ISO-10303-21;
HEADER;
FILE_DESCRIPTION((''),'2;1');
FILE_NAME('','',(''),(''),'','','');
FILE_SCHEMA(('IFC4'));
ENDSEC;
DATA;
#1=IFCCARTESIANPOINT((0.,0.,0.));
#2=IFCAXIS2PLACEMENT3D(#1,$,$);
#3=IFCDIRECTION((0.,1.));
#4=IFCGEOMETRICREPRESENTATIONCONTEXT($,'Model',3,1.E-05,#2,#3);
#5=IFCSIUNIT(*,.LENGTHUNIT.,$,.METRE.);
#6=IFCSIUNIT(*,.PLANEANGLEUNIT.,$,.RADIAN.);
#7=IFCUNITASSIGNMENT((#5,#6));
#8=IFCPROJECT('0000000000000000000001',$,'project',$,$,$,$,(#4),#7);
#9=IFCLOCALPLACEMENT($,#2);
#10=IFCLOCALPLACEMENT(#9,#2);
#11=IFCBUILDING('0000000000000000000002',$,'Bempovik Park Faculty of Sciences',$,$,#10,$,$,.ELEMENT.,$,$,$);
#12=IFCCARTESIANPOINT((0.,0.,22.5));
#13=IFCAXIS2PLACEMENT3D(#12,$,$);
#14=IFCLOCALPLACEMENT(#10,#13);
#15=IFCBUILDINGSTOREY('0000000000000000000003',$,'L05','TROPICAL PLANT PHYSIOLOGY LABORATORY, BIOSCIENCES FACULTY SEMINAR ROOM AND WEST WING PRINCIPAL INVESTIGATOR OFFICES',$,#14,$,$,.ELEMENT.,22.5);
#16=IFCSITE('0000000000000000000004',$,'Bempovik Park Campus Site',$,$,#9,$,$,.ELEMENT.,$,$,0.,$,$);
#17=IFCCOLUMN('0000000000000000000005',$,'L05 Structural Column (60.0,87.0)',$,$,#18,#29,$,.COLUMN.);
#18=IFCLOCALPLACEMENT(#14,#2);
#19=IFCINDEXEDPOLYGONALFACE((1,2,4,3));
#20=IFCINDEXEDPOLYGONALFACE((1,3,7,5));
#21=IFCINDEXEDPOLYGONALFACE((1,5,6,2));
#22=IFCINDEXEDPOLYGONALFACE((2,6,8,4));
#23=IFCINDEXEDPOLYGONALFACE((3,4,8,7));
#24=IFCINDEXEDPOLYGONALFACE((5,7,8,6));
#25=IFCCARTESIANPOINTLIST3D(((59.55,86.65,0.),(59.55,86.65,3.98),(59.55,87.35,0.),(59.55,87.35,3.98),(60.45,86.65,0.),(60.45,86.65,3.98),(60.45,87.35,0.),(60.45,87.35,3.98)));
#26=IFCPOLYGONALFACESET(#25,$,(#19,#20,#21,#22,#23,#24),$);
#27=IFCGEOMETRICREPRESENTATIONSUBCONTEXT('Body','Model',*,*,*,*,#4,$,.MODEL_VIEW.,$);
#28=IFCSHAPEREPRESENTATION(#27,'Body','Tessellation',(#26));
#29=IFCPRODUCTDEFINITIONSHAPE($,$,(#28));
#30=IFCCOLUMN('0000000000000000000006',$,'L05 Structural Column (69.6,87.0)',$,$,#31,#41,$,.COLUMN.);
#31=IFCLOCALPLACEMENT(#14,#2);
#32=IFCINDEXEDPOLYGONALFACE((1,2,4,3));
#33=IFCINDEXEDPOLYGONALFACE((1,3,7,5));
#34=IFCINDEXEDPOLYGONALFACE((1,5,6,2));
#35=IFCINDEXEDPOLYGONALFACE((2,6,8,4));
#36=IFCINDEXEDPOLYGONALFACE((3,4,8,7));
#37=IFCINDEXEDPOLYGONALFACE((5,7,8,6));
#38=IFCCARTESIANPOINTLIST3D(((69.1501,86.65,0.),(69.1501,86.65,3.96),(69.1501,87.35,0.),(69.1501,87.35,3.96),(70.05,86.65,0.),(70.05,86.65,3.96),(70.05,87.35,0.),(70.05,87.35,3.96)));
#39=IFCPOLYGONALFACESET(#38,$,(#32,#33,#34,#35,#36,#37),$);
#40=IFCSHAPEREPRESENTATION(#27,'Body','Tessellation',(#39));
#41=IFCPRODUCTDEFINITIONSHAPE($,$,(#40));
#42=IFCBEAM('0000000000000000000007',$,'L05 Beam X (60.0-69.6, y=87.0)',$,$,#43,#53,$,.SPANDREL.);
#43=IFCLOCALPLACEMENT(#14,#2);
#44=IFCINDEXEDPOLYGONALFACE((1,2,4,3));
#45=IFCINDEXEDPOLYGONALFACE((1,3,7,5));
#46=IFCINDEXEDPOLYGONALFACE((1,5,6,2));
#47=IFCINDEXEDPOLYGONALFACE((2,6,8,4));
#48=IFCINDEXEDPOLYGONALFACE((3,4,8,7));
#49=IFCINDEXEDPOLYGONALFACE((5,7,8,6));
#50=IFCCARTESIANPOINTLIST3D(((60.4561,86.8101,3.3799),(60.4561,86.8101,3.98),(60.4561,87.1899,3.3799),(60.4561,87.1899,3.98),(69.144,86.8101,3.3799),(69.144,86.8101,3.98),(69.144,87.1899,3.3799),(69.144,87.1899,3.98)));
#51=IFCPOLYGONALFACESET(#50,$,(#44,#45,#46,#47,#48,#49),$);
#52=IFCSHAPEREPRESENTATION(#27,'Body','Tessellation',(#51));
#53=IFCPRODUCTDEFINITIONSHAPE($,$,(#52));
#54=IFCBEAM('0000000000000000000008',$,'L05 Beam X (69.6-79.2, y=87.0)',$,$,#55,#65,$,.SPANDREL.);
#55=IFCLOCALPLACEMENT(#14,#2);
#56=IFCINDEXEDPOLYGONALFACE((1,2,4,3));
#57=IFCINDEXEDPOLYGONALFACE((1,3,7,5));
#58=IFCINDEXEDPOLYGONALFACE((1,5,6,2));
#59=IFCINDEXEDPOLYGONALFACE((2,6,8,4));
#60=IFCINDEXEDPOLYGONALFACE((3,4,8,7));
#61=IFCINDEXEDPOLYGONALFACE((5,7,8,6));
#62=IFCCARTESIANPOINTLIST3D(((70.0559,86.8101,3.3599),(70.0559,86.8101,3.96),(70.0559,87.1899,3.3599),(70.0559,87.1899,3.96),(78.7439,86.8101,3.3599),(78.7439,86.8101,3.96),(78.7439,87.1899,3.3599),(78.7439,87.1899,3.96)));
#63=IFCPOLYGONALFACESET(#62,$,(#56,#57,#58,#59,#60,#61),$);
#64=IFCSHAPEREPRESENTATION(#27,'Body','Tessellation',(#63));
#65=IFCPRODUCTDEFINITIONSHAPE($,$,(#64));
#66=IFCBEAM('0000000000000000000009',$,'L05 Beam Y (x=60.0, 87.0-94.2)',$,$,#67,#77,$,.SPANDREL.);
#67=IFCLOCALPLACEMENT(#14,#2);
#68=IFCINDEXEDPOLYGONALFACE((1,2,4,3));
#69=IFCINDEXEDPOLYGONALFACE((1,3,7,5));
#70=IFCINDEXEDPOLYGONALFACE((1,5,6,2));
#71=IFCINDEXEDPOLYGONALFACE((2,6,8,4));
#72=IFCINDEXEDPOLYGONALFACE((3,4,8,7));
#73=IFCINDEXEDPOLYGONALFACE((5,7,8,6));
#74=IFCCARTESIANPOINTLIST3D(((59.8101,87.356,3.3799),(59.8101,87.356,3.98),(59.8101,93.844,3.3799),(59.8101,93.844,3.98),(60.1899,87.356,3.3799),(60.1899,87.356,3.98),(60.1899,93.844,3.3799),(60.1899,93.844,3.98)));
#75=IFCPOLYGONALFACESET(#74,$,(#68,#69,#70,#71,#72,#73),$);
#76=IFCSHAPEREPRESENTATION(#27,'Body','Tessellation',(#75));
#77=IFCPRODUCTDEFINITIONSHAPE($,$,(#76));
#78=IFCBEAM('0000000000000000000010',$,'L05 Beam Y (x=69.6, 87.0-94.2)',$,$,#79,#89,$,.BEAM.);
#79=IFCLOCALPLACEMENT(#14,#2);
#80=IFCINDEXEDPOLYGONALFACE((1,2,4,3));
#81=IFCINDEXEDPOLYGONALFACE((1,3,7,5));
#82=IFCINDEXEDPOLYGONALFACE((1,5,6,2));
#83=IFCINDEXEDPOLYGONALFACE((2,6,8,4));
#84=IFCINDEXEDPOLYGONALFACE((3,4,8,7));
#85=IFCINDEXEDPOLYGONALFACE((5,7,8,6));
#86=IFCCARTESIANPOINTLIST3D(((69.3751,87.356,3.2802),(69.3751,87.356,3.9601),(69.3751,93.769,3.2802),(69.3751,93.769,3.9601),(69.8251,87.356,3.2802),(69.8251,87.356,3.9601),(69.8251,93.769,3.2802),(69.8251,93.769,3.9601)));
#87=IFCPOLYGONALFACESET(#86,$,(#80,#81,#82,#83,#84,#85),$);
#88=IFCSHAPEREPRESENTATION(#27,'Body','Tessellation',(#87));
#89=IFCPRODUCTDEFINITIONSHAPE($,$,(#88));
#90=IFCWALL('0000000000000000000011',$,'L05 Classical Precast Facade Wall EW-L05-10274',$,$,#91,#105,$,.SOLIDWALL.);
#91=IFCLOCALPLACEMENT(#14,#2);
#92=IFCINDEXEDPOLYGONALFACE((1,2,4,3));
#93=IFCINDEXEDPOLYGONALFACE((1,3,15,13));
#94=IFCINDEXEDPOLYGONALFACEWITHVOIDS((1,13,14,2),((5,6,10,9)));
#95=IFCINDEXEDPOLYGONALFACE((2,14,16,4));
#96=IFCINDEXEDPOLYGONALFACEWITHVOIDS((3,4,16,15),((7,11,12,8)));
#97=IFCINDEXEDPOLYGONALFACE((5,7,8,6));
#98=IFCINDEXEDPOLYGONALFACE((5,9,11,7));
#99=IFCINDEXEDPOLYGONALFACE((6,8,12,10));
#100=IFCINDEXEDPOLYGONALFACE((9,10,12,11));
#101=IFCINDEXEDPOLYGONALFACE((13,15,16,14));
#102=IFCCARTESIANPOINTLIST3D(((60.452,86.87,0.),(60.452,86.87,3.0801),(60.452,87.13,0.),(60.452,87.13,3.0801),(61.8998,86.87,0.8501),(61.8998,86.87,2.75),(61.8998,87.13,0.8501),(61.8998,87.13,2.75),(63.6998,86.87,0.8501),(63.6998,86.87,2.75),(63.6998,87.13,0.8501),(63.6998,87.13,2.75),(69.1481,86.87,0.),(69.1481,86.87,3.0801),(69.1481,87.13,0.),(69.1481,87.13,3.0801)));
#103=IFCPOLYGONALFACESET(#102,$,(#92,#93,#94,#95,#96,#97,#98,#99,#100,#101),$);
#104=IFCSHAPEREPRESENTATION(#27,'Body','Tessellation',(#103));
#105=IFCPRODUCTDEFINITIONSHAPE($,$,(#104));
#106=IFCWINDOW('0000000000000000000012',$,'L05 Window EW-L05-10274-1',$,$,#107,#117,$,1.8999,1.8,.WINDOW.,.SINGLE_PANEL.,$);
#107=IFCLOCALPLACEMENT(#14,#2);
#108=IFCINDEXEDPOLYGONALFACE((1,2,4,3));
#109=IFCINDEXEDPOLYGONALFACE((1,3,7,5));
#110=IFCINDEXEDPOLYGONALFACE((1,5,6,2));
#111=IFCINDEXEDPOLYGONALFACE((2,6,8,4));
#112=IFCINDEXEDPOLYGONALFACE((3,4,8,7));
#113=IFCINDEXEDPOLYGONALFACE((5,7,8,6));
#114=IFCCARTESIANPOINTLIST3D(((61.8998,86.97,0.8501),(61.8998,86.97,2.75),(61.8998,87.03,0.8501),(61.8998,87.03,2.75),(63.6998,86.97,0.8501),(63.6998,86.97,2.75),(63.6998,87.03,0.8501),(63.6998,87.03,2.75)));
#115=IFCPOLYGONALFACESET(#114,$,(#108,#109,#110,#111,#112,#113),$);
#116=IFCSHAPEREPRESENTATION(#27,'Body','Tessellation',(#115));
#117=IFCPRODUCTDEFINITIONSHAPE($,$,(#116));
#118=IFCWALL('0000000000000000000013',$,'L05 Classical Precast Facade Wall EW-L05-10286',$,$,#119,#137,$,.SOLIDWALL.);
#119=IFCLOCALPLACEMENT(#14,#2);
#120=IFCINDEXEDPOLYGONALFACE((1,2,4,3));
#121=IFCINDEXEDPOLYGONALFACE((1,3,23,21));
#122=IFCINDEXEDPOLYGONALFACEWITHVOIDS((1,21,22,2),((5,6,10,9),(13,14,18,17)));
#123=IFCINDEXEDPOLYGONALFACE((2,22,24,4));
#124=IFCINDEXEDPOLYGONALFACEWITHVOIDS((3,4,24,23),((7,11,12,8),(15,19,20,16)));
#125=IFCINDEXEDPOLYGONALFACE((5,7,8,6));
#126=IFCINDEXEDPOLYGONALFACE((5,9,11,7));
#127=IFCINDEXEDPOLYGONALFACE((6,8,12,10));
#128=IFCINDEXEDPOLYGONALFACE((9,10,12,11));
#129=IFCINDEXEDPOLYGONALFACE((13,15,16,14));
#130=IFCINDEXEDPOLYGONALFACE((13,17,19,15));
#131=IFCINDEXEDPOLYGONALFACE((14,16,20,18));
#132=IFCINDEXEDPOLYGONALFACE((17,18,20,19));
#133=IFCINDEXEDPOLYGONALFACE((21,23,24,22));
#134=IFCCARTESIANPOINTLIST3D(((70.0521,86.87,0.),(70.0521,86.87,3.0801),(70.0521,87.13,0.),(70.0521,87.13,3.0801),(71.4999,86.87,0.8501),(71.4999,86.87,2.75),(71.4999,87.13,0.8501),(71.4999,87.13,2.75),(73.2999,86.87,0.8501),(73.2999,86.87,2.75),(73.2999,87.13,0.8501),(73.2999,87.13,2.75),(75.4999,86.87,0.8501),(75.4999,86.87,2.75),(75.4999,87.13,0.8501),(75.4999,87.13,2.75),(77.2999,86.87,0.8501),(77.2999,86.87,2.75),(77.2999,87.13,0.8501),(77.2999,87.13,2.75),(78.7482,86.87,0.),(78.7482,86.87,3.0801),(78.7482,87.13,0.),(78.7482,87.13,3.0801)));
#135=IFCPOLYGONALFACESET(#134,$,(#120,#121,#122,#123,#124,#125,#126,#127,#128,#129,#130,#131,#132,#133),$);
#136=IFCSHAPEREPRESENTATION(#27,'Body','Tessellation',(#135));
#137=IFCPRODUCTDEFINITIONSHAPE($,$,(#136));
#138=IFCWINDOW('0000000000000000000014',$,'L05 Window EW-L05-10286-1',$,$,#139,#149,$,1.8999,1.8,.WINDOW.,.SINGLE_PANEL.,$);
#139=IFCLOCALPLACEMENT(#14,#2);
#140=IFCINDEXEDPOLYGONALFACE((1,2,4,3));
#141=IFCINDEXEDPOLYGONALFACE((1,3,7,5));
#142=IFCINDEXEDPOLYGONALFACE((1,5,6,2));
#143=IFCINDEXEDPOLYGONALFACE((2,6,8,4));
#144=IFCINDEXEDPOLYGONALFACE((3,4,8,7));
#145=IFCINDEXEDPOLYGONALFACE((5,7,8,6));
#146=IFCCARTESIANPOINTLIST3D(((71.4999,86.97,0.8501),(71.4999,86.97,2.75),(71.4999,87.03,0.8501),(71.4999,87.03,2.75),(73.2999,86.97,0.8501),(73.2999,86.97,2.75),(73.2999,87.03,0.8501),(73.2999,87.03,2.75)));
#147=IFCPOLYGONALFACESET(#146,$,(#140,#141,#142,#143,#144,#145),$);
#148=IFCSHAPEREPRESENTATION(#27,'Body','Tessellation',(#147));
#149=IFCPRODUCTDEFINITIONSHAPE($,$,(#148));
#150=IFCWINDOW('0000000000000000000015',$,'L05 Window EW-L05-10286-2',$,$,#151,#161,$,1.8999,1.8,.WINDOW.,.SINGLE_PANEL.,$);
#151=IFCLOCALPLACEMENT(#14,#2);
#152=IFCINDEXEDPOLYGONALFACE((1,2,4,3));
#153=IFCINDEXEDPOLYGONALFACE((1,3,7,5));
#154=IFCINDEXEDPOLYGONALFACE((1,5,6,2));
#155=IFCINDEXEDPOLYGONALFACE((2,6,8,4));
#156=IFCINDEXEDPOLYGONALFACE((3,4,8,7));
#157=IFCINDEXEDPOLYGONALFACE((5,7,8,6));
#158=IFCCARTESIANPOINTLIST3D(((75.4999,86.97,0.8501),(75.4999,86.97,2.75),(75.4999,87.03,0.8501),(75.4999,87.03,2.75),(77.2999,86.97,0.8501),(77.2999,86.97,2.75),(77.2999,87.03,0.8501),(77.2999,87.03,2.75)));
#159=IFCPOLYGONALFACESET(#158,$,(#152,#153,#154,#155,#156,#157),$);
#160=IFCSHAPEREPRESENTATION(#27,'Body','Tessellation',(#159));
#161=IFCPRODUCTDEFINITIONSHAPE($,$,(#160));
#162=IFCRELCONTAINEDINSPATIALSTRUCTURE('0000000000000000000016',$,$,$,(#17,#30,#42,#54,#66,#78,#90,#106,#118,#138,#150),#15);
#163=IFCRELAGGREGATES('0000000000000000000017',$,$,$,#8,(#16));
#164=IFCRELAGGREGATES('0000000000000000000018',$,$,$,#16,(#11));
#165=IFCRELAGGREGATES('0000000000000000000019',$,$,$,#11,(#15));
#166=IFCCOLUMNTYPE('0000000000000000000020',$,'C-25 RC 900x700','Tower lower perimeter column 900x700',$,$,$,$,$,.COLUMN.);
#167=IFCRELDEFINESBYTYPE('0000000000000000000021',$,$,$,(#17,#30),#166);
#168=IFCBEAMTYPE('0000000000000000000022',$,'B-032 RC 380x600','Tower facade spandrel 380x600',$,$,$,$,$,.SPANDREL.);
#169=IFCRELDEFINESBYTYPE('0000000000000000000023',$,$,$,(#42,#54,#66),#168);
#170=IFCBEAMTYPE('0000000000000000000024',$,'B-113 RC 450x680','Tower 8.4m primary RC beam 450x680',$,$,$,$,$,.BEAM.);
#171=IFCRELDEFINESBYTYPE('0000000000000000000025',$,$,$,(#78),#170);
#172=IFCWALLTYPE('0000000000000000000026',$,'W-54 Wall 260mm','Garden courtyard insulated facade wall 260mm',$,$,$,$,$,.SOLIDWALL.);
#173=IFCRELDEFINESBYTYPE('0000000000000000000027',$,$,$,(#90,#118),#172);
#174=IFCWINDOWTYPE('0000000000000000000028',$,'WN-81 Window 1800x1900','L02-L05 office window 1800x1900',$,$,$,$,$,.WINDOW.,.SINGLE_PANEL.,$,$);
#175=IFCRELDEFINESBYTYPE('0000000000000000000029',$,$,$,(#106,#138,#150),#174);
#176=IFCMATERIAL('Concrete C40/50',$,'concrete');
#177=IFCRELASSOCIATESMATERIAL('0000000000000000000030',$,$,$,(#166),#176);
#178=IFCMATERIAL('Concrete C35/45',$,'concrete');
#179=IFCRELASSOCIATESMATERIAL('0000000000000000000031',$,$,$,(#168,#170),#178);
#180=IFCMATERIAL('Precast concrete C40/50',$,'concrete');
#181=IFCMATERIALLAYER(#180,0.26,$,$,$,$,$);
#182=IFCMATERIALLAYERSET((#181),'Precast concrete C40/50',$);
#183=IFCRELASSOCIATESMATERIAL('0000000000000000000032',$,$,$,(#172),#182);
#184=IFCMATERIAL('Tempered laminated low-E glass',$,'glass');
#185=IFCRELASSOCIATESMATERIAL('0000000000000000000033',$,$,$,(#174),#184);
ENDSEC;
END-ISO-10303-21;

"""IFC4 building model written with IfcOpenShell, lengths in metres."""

from ifc_helpers import new_model, si_unit, direction, frame, frame_2d, origin, origin_2d, place, context, subcontext, project, spatial, rectangle, extrude, material, layer, layer_set, material_profile, profile_set, type_object, element, fill, save


model = new_model("IFC4")

# Units and contexts
model_context = context("Model", 3, precision=1e-05, world=origin(), true_north=direction((0.0, 1.0)))
body_context = subcontext(model_context, "Body", "Model", "MODEL_VIEW")
ifc_project = project(units=[si_unit("LENGTHUNIT", "METRE"), si_unit("PLANEANGLEUNIT", "RADIAN")], contexts=[model_context])

# Site, building, storey
site_placement = place(None, origin())
site = spatial("IfcSite", under=ifc_project, at=site_placement, Name="Bempovik Park Campus Site", CompositionType="ELEMENT", RefElevation=0.0)
building_placement = place(site_placement, origin())
building = spatial("IfcBuilding", under=site, at=building_placement, Name="Bempovik Park Faculty of Sciences", CompositionType="ELEMENT")
storey_placement = place(building_placement, frame((0.0, 0.0, 22.5)))
storey = spatial("IfcBuildingStorey", under=building, at=storey_placement, Name="L05", Description="TROPICAL PLANT PHYSIOLOGY LABORATORY, BIOSCIENCES FACULTY SEMINAR ROOM AND WEST WING PRINCIPAL INVESTIGATOR OFFICES", CompositionType="ELEMENT", Elevation=22.5)

# Columns
ifc_material_1 = material(Name="Concrete C40/50", Category="concrete")
ifc_material_profile_1 = material_profile(ifc_material_1, rectangle(XDim=0.8999, YDim=0.7, at=origin_2d()), Name="RC 900x700")
ifc_profile_set_1 = profile_set([ifc_material_profile_1], Name="Concrete C40/50")
column_type = type_object("IfcColumnType", Name="C-25 RC 900x700", Description="Tower lower perimeter column 900x700", PredefinedType="COLUMN", material=ifc_profile_set_1)
column_1_placement = place(storey_placement, frame((60.0, 87.0, 0.0), z_axis=(0.0, 0.0, 1.0), x_axis=(1.0, 0.0, 0.0)))
element("IfcColumn", 1, at=column_1_placement, inside=storey, type_object=column_type, Name="L05 Structural Column (60.0,87.0)", PredefinedType="COLUMN", context=body_context, shape_type="SweptSolid", body=[
    extrude(rectangle(XDim=0.8999, YDim=0.7, at=origin_2d()), origin(), (0.0, 0.0, 1.0), 3.98),
])
column_2_placement = place(storey_placement, frame((69.6001, 87.0, 0.0), z_axis=(0.0, 0.0, 1.0), x_axis=(1.0, 0.0, 0.0)))
element("IfcColumn", 2, at=column_2_placement, inside=storey, type_object=column_type, Name="L05 Structural Column (69.6,87.0)", PredefinedType="COLUMN", context=body_context, shape_type="SweptSolid", body=[
    extrude(rectangle(XDim=0.8999, YDim=0.7, at=origin_2d()), origin(), (0.0, 0.0, 1.0), 3.96),
])

# Beams
ifc_material_2 = material(Name="Concrete C35/45", Category="concrete")
ifc_material_profile_2 = material_profile(ifc_material_2, rectangle(XDim=0.3799, YDim=0.6001, at=origin_2d()), Name="RC 380x600")
ifc_profile_set_2 = profile_set([ifc_material_profile_2], Name="Concrete C35/45")
beam_type_1 = type_object("IfcBeamType", Name="B-032 RC 380x600", Description="Tower facade spandrel 380x600", PredefinedType="SPANDREL", material=ifc_profile_set_2)
for number, where, z_axis, x_axis, name in (
    (3, (60.4561, 87.0, 3.6799), (1.0, 0.0, 0.0), (0.0, 1.0, 0.0), "L05 Beam X (60.0-69.6, y=87.0)"),
    (4, (70.0559, 87.0, 3.6599), (1.0, 0.0, 0.0), (0.0, 1.0, 0.0), "L05 Beam X (69.6-79.2, y=87.0)"),
):
    element("IfcBeam", number, at=place(storey_placement, frame(where, z_axis=z_axis, x_axis=x_axis)), inside=storey, type_object=beam_type_1, Name=name, PredefinedType="SPANDREL", context=body_context, shape_type="SweptSolid", body=[
        extrude(rectangle(XDim=0.3799, YDim=0.6001, at=origin_2d()), origin(), (0.0, 0.0, 1.0), 8.688),
    ])
beam_1_placement = place(storey_placement, frame((60.0, 87.356, 3.6799), z_axis=(0.0, 1.0, 0.0), x_axis=(-1.0, 0.0, 0.0)))
element("IfcBeam", 5, at=beam_1_placement, inside=storey, type_object=beam_type_1, Name="L05 Beam Y (x=60.0, 87.0-94.2)", PredefinedType="SPANDREL", context=body_context, shape_type="SweptSolid", body=[
    extrude(rectangle(XDim=0.3799, YDim=0.6001, at=origin_2d()), origin(), (0.0, 0.0, 1.0), 6.488),
])
ifc_material_profile_3 = material_profile(ifc_material_2, rectangle(XDim=0.45, YDim=0.6799, at=origin_2d()), Name="RC 450x680")
ifc_profile_set_3 = profile_set([ifc_material_profile_3], Name="Concrete C35/45")
beam_type_2 = type_object("IfcBeamType", Name="B-113 RC 450x680", Description="Tower 8.4m primary RC beam 450x680", PredefinedType="BEAM", material=ifc_profile_set_3)
beam_2_placement = place(storey_placement, frame((69.6001, 87.356, 3.6201), z_axis=(0.0, 1.0, 0.0), x_axis=(-1.0, 0.0, 0.0)))
element("IfcBeam", 6, at=beam_2_placement, inside=storey, type_object=beam_type_2, Name="L05 Beam Y (x=69.6, 87.0-94.2)", PredefinedType="BEAM", context=body_context, shape_type="SweptSolid", body=[
    extrude(rectangle(XDim=0.45, YDim=0.6799, at=origin_2d()), origin(), (0.0, 0.0, 1.0), 6.4131),
])

# Wall, opening, window
ifc_material_3 = material(Name="Precast concrete C40/50", Category="concrete")
ifc_layer_1 = layer(ifc_material_3, 0.26)
ifc_layer_set_1 = layer_set([ifc_layer_1], Name="Precast concrete C40/50")
wall_type_1 = type_object("IfcWallType", Name="W-54 Wall 260mm", Description="Garden courtyard insulated facade wall 260mm", PredefinedType="SOLIDWALL", material=ifc_layer_set_1)
wall_1_placement = place(storey_placement, frame((60.4519, 87.0, 0.0), z_axis=(0.0, 0.0, 1.0), x_axis=(1.0, 0.0, 0.0)))
wall_1 = element("IfcWall", 7, at=wall_1_placement, inside=storey, type_object=wall_type_1, Name="L05 Classical Precast Facade Wall EW-L05-10274", PredefinedType="SOLIDWALL", context=body_context, shape_type="SweptSolid", body=[
    extrude(rectangle(XDim=8.696, YDim=0.26, at=frame_2d((4.3481, 0.0))), origin(), (0.0, 0.0, 1.0), 3.0801),
])
opening_1_placement = place(wall_1_placement, frame((1.448, 0.0, 0.8501)))
opening_1 = element("IfcOpeningElement", 8, at=opening_1_placement, cuts=wall_1, PredefinedType="OPENING", context=body_context, shape_type="SweptSolid", body=[
    extrude(rectangle(XDim=1.8, YDim=1.8999, at=frame_2d((0.8999, 0.95))), frame((0.0, 0.1401, 0.0), z_axis=(0.0, -1.0, 0.0), x_axis=(1.0, 0.0, 0.0)), (0.0, 0.0, 1.0), 0.28),
])
ifc_material_4 = material(Name="Tempered laminated low-E glass", Category="glass")
window_type = type_object("IfcWindowType", Name="WN-81 Window 1800x1900", Description="L02-L05 office window 1800x1900", PartitioningType="SINGLE_PANEL", PredefinedType="WINDOW", material=ifc_material_4)
window_1_placement = place(opening_1_placement, origin())
window_1 = element("IfcWindow", 9, at=window_1_placement, inside=storey, type_object=window_type, Name="L05 Window EW-L05-10274-1", OverallHeight=1.8999, OverallWidth=1.8, PartitioningType="SINGLE_PANEL", PredefinedType="WINDOW", context=body_context, shape_type="SweptSolid", body=[
    extrude(rectangle(XDim=1.8, YDim=1.8999, at=frame_2d((0.8999, 0.95))), frame((0.0, 0.03, 0.0), z_axis=(0.0, -1.0, 0.0), x_axis=(1.0, 0.0, 0.0)), (0.0, 0.0, 1.0), 0.0601),
])
fill(opening_1, window_1)

# Wall, openings, windows
wall_2_placement = place(storey_placement, frame((70.052, 87.0, 0.0), z_axis=(0.0, 0.0, 1.0), x_axis=(1.0, 0.0, 0.0)))
wall_2 = element("IfcWall", 10, at=wall_2_placement, inside=storey, type_object=wall_type_1, Name="L05 Classical Precast Facade Wall EW-L05-10286", PredefinedType="SOLIDWALL", context=body_context, shape_type="SweptSolid", body=[
    extrude(rectangle(XDim=8.696, YDim=0.26, at=frame_2d((4.3481, 0.0))), origin(), (0.0, 0.0, 1.0), 3.0801),
])
opening_2_placement = place(wall_2_placement, frame((1.448, 0.0, 0.8501)))
opening_2 = element("IfcOpeningElement", 11, at=opening_2_placement, cuts=wall_2, PredefinedType="OPENING", context=body_context, shape_type="SweptSolid", body=[
    extrude(rectangle(XDim=1.8, YDim=1.8999, at=frame_2d((0.8999, 0.95))), frame((0.0, 0.1401, 0.0), z_axis=(0.0, -1.0, 0.0), x_axis=(1.0, 0.0, 0.0)), (0.0, 0.0, 1.0), 0.28),
])
opening_3_placement = place(wall_2_placement, frame((5.448, 0.0, 0.8501)))
opening_3 = element("IfcOpeningElement", 12, at=opening_3_placement, cuts=wall_2, PredefinedType="OPENING", context=body_context, shape_type="SweptSolid", body=[
    extrude(rectangle(XDim=1.8, YDim=1.8999, at=frame_2d((0.8999, 0.95))), frame((0.0, 0.1401, 0.0), z_axis=(0.0, -1.0, 0.0), x_axis=(1.0, 0.0, 0.0)), (0.0, 0.0, 1.0), 0.28),
])
window_2_placement = place(opening_2_placement, origin())
window_2 = element("IfcWindow", 13, at=window_2_placement, inside=storey, type_object=window_type, Name="L05 Window EW-L05-10286-1", OverallHeight=1.8999, OverallWidth=1.8, PartitioningType="SINGLE_PANEL", PredefinedType="WINDOW", context=body_context, shape_type="SweptSolid", body=[
    extrude(rectangle(XDim=1.8, YDim=1.8999, at=frame_2d((0.8999, 0.95))), frame((0.0, 0.03, 0.0), z_axis=(0.0, -1.0, 0.0), x_axis=(1.0, 0.0, 0.0)), (0.0, 0.0, 1.0), 0.0601),
])
fill(opening_2, window_2)
window_3_placement = place(opening_3_placement, origin())
window_3 = element("IfcWindow", 14, at=window_3_placement, inside=storey, type_object=window_type, Name="L05 Window EW-L05-10286-2", OverallHeight=1.8999, OverallWidth=1.8, PartitioningType="SINGLE_PANEL", PredefinedType="WINDOW", context=body_context, shape_type="SweptSolid", body=[
    extrude(rectangle(XDim=1.8, YDim=1.8999, at=frame_2d((0.8999, 0.95))), frame((0.0, 0.03, 0.0), z_axis=(0.0, -1.0, 0.0), x_axis=(1.0, 0.0, 0.0)), (0.0, 0.0, 1.0), 0.0601),
])
fill(opening_3, window_3)

save(model, "model.ifc")
